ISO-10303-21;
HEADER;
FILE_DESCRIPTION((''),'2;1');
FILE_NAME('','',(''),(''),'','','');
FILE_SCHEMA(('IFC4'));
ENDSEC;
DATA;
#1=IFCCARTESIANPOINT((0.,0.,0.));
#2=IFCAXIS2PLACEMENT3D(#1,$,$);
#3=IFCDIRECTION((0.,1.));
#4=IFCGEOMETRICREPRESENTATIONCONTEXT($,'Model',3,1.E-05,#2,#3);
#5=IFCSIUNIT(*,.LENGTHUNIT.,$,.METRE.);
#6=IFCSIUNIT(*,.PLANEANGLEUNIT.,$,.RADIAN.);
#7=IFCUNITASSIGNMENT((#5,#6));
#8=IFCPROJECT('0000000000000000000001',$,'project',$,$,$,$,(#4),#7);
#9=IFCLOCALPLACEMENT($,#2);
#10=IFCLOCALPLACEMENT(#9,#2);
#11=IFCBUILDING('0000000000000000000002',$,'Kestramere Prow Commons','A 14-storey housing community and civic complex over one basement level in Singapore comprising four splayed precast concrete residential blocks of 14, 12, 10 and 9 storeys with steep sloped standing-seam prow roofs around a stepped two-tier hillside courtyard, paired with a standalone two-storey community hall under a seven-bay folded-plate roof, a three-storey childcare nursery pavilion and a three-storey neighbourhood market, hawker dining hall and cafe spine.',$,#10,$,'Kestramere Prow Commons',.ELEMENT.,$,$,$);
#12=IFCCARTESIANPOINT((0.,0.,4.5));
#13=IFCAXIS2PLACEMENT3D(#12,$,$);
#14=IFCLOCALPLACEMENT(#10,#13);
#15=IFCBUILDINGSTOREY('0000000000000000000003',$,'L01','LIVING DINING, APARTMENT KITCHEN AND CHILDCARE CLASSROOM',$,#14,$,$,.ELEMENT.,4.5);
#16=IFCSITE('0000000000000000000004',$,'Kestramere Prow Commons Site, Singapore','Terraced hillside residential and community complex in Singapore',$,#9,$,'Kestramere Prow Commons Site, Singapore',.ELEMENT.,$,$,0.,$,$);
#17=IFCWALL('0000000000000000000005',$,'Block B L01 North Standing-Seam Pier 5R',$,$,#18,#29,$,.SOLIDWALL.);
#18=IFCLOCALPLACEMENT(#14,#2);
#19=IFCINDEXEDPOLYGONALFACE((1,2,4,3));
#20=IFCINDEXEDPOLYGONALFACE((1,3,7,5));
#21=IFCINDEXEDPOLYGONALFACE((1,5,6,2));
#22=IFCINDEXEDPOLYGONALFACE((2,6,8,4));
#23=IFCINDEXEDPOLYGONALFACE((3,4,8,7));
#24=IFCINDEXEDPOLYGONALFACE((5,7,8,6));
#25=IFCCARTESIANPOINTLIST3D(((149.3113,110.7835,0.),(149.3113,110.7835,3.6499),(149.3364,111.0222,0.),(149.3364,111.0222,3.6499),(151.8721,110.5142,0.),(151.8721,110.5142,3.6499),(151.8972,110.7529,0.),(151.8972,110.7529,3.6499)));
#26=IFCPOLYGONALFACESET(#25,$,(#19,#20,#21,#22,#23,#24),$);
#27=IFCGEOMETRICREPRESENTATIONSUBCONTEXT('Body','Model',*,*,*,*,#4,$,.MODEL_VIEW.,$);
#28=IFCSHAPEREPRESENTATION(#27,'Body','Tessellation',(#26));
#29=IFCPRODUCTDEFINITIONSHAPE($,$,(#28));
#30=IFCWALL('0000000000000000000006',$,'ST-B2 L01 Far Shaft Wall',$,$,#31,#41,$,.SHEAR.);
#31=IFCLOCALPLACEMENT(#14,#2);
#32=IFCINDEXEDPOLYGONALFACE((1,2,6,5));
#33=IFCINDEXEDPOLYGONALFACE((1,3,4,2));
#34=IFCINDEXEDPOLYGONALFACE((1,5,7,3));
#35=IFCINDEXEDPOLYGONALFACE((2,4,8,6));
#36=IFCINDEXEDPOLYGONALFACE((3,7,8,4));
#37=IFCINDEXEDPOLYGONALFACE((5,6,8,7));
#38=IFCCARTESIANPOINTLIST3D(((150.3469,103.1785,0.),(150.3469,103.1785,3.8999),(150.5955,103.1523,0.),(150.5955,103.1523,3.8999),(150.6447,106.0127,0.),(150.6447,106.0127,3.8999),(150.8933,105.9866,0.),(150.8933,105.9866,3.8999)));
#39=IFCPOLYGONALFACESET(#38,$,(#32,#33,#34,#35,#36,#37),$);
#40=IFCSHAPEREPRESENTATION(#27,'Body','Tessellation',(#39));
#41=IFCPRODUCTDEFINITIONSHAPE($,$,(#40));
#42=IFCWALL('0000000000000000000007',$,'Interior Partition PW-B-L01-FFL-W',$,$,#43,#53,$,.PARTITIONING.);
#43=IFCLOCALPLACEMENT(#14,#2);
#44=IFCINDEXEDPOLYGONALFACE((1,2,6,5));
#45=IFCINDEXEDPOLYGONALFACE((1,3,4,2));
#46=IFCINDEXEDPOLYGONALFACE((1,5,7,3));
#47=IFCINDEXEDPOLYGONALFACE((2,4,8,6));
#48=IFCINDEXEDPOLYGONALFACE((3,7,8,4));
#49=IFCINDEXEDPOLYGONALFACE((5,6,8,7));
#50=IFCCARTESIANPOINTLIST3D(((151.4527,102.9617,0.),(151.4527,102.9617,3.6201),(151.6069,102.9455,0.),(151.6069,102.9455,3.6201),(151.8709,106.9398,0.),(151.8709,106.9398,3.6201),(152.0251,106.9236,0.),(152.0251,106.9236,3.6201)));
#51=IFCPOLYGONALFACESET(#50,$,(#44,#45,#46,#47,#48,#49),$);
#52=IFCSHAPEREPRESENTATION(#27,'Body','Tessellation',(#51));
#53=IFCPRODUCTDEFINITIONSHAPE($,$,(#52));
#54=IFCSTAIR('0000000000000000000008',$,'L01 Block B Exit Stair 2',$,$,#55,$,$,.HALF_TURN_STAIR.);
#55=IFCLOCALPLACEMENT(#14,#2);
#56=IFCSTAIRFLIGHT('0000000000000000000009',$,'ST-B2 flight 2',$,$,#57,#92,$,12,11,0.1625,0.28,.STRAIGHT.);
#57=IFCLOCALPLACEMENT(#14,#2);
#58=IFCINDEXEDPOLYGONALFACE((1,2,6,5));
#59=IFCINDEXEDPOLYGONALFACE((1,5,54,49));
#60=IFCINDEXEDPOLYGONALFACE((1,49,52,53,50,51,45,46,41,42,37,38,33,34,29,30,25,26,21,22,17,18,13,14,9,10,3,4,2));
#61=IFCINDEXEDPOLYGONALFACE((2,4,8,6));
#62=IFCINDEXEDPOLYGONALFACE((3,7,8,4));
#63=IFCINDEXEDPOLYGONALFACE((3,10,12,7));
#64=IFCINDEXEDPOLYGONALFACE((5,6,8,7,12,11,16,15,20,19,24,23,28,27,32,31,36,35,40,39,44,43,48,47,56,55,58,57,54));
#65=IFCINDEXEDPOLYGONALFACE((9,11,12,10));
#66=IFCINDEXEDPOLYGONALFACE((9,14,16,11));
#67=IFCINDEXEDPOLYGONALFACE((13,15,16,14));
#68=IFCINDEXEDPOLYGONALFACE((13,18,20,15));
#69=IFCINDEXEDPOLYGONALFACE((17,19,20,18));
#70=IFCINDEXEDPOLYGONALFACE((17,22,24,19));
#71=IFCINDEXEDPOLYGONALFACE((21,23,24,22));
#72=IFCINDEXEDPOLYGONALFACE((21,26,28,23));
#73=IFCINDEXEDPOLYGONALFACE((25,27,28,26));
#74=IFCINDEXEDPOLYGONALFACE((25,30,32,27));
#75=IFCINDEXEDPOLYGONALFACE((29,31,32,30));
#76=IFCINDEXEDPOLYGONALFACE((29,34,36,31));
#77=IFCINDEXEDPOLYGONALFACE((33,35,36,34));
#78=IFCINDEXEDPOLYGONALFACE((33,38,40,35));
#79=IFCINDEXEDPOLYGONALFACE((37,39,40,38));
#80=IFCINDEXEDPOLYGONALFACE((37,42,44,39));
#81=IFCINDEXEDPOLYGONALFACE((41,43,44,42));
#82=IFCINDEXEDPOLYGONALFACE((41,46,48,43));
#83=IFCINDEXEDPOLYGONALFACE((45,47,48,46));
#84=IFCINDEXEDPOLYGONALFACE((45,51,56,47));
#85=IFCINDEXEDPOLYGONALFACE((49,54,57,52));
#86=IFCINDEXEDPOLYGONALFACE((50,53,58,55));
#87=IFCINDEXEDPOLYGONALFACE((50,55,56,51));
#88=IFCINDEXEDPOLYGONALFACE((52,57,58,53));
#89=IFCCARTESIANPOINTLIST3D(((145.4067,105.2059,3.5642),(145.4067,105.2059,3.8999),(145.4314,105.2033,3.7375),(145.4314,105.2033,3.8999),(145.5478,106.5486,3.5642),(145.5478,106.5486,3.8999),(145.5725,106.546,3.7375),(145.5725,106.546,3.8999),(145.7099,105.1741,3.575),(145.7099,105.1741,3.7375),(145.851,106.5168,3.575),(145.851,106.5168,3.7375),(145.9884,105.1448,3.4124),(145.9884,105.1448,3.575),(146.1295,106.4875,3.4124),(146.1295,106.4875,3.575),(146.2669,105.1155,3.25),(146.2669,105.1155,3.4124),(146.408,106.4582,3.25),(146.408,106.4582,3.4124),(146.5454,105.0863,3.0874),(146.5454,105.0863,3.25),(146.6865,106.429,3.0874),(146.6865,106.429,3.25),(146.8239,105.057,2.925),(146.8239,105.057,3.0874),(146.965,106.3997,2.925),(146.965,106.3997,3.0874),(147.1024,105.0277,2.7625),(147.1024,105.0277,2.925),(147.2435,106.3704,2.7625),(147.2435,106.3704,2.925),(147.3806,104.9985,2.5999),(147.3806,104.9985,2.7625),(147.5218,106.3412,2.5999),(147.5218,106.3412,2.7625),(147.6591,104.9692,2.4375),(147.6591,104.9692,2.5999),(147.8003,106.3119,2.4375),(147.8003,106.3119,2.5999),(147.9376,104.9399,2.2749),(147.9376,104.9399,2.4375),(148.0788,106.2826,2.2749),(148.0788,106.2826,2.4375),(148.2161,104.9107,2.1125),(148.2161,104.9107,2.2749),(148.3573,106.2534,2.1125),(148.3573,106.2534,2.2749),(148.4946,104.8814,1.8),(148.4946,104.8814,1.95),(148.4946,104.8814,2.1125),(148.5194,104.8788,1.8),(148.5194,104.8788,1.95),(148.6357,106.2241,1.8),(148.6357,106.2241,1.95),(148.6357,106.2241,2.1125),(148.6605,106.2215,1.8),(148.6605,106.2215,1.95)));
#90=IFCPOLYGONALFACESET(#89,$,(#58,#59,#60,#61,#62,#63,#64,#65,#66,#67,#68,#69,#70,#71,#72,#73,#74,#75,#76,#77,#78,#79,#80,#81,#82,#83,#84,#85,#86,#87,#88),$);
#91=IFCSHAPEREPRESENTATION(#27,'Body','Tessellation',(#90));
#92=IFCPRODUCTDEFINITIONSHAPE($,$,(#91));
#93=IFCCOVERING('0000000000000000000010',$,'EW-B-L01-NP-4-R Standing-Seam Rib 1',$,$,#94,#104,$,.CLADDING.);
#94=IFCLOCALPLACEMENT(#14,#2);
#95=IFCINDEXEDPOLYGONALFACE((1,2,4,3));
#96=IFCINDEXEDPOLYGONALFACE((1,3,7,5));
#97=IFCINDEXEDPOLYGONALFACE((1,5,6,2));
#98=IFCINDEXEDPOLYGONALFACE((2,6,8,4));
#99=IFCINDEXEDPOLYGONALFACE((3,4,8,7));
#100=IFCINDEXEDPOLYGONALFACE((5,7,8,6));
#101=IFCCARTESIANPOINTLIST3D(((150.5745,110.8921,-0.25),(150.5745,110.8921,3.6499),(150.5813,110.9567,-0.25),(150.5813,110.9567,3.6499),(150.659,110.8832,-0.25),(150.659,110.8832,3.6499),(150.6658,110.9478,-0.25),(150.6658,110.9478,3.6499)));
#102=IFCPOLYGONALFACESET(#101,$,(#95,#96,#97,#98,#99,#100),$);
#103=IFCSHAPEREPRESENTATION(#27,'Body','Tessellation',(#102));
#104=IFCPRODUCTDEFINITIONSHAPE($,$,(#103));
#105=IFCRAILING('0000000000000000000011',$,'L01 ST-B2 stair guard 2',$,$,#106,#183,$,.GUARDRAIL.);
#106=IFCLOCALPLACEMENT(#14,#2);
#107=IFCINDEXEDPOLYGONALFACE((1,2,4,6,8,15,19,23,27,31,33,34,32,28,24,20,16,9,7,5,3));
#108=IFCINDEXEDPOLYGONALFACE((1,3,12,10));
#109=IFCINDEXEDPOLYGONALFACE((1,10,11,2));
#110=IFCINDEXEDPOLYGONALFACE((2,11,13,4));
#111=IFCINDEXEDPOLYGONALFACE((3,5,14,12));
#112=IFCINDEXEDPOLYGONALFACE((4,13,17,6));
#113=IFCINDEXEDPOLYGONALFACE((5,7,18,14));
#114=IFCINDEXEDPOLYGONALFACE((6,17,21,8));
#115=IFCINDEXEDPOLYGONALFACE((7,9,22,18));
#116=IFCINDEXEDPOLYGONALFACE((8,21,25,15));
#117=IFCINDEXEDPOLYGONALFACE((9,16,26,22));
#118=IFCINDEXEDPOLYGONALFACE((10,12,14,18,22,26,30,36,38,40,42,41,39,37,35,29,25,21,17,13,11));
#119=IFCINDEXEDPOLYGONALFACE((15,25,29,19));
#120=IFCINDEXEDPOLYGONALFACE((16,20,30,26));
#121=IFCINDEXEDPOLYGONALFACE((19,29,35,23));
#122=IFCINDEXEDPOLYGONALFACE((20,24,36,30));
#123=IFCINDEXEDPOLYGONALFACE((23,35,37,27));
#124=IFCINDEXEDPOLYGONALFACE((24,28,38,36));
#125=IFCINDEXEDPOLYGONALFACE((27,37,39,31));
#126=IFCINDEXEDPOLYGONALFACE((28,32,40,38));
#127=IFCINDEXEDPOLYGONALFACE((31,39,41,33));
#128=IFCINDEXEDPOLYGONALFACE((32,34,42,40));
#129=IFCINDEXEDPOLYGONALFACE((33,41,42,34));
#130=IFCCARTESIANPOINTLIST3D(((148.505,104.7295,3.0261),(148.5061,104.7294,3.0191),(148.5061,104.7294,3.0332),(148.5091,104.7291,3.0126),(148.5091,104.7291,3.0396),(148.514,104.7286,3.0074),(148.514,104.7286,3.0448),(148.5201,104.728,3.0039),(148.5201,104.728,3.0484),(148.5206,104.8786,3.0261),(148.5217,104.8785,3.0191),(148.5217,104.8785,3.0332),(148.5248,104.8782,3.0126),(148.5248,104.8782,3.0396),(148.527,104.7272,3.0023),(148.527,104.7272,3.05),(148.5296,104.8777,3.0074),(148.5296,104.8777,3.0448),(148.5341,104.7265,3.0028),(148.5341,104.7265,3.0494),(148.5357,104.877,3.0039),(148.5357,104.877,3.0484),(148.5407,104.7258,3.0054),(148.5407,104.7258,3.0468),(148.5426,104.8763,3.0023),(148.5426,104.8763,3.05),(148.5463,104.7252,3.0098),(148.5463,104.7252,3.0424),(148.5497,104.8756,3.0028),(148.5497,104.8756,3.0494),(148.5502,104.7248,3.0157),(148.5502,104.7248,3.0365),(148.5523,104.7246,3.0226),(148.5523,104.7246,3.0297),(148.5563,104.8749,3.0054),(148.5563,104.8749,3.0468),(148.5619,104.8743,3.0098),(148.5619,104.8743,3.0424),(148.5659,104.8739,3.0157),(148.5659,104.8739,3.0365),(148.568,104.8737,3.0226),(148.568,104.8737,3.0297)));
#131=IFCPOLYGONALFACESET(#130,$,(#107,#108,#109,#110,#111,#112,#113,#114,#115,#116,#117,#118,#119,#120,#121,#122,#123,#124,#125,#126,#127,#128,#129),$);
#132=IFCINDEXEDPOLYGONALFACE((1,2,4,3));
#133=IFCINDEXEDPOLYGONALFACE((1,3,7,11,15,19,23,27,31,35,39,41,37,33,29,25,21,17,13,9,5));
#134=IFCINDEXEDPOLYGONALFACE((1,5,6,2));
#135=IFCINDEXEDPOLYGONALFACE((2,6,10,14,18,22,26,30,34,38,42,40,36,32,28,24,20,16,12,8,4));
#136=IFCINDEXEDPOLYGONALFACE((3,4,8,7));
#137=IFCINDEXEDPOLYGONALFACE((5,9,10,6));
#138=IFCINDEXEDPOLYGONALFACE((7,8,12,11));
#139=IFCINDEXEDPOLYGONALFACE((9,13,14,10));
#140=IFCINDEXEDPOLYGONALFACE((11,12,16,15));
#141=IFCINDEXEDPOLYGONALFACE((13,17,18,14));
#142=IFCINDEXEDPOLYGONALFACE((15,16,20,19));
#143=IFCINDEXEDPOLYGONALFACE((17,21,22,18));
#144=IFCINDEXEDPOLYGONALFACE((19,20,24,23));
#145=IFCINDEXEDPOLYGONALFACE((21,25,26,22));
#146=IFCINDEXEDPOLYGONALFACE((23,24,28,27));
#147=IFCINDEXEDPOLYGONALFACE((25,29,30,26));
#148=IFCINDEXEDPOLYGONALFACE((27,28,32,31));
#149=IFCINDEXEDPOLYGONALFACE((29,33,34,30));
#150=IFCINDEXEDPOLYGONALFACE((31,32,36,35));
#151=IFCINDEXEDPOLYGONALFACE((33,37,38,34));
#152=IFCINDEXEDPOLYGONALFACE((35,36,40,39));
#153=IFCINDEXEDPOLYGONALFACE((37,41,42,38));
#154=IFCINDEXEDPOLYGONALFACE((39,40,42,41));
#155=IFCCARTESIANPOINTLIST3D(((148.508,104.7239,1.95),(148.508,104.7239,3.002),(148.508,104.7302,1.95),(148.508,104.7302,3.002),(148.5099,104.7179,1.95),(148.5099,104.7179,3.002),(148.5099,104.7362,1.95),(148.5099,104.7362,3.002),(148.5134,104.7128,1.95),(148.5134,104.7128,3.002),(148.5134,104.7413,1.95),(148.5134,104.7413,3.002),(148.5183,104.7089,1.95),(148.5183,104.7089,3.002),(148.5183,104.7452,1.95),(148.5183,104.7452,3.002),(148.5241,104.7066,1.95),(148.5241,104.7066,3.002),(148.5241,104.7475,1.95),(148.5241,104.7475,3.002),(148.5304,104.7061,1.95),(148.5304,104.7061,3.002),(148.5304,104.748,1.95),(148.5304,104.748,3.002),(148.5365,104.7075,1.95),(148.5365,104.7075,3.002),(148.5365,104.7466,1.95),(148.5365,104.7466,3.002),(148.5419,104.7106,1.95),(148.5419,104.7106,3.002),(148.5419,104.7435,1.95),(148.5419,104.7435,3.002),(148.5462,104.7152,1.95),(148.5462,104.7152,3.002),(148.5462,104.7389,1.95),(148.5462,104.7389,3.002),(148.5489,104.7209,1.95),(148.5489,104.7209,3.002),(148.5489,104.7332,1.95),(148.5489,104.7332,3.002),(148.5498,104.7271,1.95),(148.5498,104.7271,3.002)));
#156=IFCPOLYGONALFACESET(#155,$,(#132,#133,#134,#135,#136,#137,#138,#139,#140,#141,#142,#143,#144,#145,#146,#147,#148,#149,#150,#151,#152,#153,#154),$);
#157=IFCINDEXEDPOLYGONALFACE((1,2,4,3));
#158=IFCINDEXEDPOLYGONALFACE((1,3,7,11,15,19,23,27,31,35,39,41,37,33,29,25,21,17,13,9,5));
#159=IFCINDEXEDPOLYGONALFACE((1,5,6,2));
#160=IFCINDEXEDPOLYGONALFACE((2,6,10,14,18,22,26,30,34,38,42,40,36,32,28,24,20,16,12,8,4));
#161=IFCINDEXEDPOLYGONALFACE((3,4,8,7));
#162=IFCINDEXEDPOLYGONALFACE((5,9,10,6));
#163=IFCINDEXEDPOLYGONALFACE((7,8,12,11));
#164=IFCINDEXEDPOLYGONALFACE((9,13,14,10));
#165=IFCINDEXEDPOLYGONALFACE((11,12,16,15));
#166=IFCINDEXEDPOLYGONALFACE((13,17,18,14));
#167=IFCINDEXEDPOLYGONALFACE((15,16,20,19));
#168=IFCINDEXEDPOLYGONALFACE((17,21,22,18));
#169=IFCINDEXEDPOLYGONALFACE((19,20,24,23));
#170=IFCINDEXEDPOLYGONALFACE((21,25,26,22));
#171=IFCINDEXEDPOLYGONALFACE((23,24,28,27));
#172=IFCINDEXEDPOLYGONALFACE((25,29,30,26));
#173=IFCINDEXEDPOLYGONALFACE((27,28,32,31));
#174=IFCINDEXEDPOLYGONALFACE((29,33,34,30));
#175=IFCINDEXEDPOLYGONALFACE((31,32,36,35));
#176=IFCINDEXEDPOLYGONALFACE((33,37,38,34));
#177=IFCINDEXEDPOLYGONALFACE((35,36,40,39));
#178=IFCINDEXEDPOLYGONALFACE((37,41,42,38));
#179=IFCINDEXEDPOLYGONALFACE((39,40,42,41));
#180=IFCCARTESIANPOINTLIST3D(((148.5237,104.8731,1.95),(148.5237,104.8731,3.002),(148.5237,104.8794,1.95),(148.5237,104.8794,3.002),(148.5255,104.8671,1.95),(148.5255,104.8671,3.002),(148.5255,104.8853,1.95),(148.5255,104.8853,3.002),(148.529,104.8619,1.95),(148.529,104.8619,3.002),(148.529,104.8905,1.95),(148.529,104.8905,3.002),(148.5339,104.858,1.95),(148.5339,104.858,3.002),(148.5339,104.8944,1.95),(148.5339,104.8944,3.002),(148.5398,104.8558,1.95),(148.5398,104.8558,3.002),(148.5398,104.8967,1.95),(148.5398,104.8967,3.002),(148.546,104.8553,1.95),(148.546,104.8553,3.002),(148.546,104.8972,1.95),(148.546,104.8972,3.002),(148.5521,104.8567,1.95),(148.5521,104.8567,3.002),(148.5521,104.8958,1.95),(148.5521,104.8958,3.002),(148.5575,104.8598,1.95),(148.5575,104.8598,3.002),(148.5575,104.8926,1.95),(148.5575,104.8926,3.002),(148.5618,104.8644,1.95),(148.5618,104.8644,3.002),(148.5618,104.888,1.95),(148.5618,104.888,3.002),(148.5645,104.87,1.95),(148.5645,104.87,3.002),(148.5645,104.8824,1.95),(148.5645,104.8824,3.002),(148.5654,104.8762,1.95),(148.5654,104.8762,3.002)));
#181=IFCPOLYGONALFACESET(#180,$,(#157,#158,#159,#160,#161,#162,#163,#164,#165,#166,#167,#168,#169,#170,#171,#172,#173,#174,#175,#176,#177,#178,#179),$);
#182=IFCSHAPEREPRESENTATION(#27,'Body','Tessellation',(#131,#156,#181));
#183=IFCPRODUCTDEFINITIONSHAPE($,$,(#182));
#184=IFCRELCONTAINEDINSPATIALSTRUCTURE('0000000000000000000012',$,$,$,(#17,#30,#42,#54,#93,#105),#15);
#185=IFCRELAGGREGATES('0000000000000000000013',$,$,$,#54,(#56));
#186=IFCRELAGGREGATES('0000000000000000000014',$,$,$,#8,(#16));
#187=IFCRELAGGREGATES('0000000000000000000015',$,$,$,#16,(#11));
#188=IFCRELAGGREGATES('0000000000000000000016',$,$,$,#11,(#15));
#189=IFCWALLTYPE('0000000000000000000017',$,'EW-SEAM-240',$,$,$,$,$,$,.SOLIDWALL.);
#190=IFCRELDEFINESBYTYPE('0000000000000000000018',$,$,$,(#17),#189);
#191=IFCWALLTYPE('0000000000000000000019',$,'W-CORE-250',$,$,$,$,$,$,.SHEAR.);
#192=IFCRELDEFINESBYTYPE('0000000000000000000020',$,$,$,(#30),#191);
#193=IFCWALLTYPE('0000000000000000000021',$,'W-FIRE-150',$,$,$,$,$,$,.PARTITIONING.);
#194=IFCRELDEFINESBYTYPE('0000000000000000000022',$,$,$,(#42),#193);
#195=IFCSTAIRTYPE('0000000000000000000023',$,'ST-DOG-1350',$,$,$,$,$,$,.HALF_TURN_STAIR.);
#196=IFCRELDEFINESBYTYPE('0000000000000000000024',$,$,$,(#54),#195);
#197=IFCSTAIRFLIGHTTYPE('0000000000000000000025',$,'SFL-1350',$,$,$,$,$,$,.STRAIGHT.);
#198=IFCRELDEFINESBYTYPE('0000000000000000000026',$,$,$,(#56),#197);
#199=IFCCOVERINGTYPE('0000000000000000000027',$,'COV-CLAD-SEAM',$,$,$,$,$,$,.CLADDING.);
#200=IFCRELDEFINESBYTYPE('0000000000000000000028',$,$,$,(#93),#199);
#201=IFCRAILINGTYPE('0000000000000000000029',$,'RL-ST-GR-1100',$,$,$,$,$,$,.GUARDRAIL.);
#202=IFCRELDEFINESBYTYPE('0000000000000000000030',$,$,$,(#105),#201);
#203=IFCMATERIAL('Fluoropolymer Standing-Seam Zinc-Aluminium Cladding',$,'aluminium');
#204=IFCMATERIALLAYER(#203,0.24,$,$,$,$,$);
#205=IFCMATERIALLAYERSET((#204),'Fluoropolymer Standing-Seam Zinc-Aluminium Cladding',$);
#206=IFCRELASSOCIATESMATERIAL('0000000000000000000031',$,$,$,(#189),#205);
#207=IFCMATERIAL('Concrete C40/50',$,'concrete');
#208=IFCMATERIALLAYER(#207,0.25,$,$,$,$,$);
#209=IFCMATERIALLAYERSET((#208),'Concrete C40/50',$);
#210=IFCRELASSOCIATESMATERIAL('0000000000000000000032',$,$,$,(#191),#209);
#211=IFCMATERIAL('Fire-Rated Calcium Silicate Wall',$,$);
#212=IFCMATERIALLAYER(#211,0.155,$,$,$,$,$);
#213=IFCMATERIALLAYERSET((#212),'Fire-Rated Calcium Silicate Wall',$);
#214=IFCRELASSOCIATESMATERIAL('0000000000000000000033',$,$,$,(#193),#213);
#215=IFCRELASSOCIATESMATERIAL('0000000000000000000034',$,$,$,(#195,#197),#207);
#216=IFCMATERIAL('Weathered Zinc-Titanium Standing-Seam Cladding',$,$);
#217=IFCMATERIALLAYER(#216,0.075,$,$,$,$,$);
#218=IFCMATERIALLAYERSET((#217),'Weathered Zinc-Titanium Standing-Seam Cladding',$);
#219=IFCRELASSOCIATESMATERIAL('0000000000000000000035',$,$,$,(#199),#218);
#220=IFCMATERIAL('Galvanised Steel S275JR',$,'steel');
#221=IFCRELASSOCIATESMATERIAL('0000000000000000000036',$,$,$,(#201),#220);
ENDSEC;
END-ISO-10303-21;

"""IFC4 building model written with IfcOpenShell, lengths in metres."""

from ifc_helpers import new_model, si_unit, direction, frame, frame_2d, origin, origin_2d, place, context, subcontext, project, spatial, polyline, rectangle, circle, outline, extrude, material, layer, layer_set, type_object, element, aggregate, save


model = new_model("IFC4")

# Units and contexts
model_context = context("Model", 3, precision=1e-05, world=origin(), true_north=direction((0.0, 1.0)))
body_context = subcontext(model_context, "Body", "Model", "MODEL_VIEW")
ifc_project = project(units=[si_unit("LENGTHUNIT", "METRE"), si_unit("PLANEANGLEUNIT", "RADIAN")], contexts=[model_context])

# Site, building, storey
site_placement = place(None, origin())
site = spatial("IfcSite", under=ifc_project, at=site_placement, Name="Kestramere Prow Commons Site, Singapore", Description="Terraced hillside residential and community complex in Singapore", LongName="Kestramere Prow Commons Site, Singapore", CompositionType="ELEMENT", RefElevation=0.0)
building_placement = place(site_placement, origin())
building = spatial("IfcBuilding", under=site, at=building_placement, Name="Kestramere Prow Commons", Description="A 14-storey housing community and civic complex over one basement level in Singapore comprising four splayed precast concrete residential blocks of 14, 12, 10 and 9 storeys with steep sloped standing-seam prow roofs around a stepped two-tier hillside courtyard, paired with a standalone two-storey community hall under a seven-bay folded-plate roof, a three-storey childcare nursery pavilion and a three-storey neighbourhood market, hawker dining hall and cafe spine.", LongName="Kestramere Prow Commons", CompositionType="ELEMENT")
storey_placement = place(building_placement, frame((0.0, 0.0, 4.5)))
storey = spatial("IfcBuildingStorey", under=building, at=storey_placement, Name="L01", Description="LIVING DINING, APARTMENT KITCHEN AND CHILDCARE CLASSROOM", CompositionType="ELEMENT", Elevation=4.5)

# Shared definitions
ifc_material_1 = material(Name="Concrete C40/50", Category="concrete")

# Walls
ifc_material_2 = material(Name="Fluoropolymer Standing-Seam Zinc-Aluminium Cladding", Category="aluminium")
ifc_layer_1 = layer(ifc_material_2, 0.24)
ifc_layer_set_1 = layer_set([ifc_layer_1], Name="Fluoropolymer Standing-Seam Zinc-Aluminium Cladding")
wall_type_1 = type_object("IfcWallType", Name="EW-SEAM-240", PredefinedType="SOLIDWALL", material=ifc_layer_set_1)
wall_1_placement = place(storey_placement, frame((149.3237, 110.9028, 0.0), z_axis=(0.0, 0.0, 1.0), x_axis=(0.994516, -0.104581, 0.0)))
element("IfcWall", 1, at=wall_1_placement, inside=storey, type_object=wall_type_1, Name="Block B L01 North Standing-Seam Pier 5R", PredefinedType="SOLIDWALL", context=body_context, shape_type="SweptSolid", body=[
    extrude(rectangle(XDim=2.575, YDim=0.24, at=frame_2d((1.2876, 0.0))), origin(), (0.0, 0.0, 1.0), 3.6499),
])
ifc_layer_2 = layer(ifc_material_1, 0.25)
ifc_layer_set_2 = layer_set([ifc_layer_2], Name="Concrete C40/50")
wall_type_2 = type_object("IfcWallType", Name="W-CORE-250", PredefinedType="SHEAR", material=ifc_layer_set_2)
wall_2_placement = place(storey_placement, frame((150.4712, 103.1655, 0.0), z_axis=(0.0, 0.0, 1.0), x_axis=(0.104515, 0.994523, 0.0)))
element("IfcWall", 2, at=wall_2_placement, inside=storey, type_object=wall_type_2, Name="ST-B2 L01 Far Shaft Wall", PredefinedType="SHEAR", context=body_context, shape_type="SweptSolid", body=[
    extrude(rectangle(XDim=2.8499, YDim=0.25, at=frame_2d((1.4248, 0.0))), origin(), (0.0, 0.0, 1.0), 3.8999),
])

# Shared definitions
ifc_material_3 = material(Name="Fire-Rated Calcium Silicate Wall")
ifc_layer_3 = layer(ifc_material_3, 0.155)
ifc_layer_set_3 = layer_set([ifc_layer_3], Name="Fire-Rated Calcium Silicate Wall")
wall_type_3 = type_object("IfcWallType", Name="W-FIRE-150", PredefinedType="PARTITIONING", material=ifc_layer_set_3)

# Wall
wall_3_placement = place(storey_placement, frame((151.5298, 102.9536, 0.0), z_axis=(0.0, 0.0, 1.0), x_axis=(0.104555, 0.994519, 0.0)))
element("IfcWall", 3, at=wall_3_placement, inside=storey, type_object=wall_type_3, Name="Interior Partition PW-B-L01-FFL-W", PredefinedType="PARTITIONING", context=body_context, shape_type="SweptSolid", body=[
    extrude(rectangle(XDim=4.0, YDim=0.155, at=frame_2d((2.0, 0.0))), origin(), (0.0, 0.0, 1.0), 3.6201),
])

# Stair, stair flight
stair_type = type_object("IfcStairType", Name="ST-DOG-1350", PredefinedType="HALF_TURN_STAIR", material=ifc_material_1)
stair_placement = place(storey_placement, origin())
stair = element("IfcStair", 4, at=stair_placement, inside=storey, type_object=stair_type, Name="L01 Block B Exit Stair 2", PredefinedType="HALF_TURN_STAIR")
stair_flight_type = type_object("IfcStairFlightType", Name="SFL-1350", PredefinedType="STRAIGHT", material=ifc_material_1)
stair_flight_placement = place(storey_placement, frame((148.5652, 105.5527, 1.95), z_axis=(0.0, 0.0, 1.0), x_axis=(-0.994522, 0.104528, 0.0)))
stair_flight = element("IfcStairFlight", 5, at=stair_flight_placement, type_object=stair_flight_type, Name="ST-B2 flight 2", NumberOfRisers=12, NumberOfTreads=11, PredefinedType="STRAIGHT", RiserHeight=0.1625, TreadLength=0.28, context=body_context, shape_type="SweptSolid", body=[
    extrude(outline(polyline([(-0.0249, 0.0), (0.0, 0.0), (0.0, 0.1626), (0.28, 0.1626), (0.28, 0.325), (0.5601, 0.325), (0.5601, 0.4875), (0.8401, 0.4875), (0.8401, 0.6499), (1.1201, 0.6499), (1.1201, 0.8125), (1.3999, 0.8125), (1.3999, 0.9751), (1.6799, 0.9751), (1.6799, 1.1375), (1.96, 1.1375), (1.96, 1.3), (2.24, 1.3), (2.24, 1.4624), (2.52, 1.4624), (2.52, 1.625), (2.8, 1.625), (2.8, 1.7876), (3.0801, 1.7876), (3.0801, 1.95), (3.105, 1.95), (3.105, 1.6143), (0.0, -0.1499), (-0.0249, -0.1499), (-0.0249, 0.0)])), frame((0.0, 0.675, 0.0), z_axis=(0.0, -1.0, 0.0), x_axis=(1.0, 0.0, 0.0)), (0.0, 0.0, 1.0), 1.3501),
])
aggregate(stair, [stair_flight])

# Covering
ifc_material_4 = material(Name="Weathered Zinc-Titanium Standing-Seam Cladding")
ifc_layer_4 = layer(ifc_material_4, 0.075)
ifc_layer_set_4 = layer_set([ifc_layer_4], Name="Weathered Zinc-Titanium Standing-Seam Cladding")
covering_type = type_object("IfcCoveringType", Name="COV-CLAD-SEAM", PredefinedType="CLADDING", material=ifc_layer_set_4)
covering_placement = place(storey_placement, frame((150.6201, 110.9199, -0.25), z_axis=(0.0, 0.0, 1.0), x_axis=(0.994522, -0.104528, 0.0)))
element("IfcCovering", 6, at=covering_placement, inside=storey, type_object=covering_type, Name="EW-B-L01-NP-4-R Standing-Seam Rib 1", PredefinedType="CLADDING", context=body_context, shape_type="SweptSolid", body=[
    extrude(rectangle(XDim=0.085, YDim=0.0649, at=origin_2d()), origin(), (0.0, 0.0, 1.0), 3.8999),
])

# Railing
ifc_material_5 = material(Name="Galvanised Steel S275JR", Category="steel")
railing_type_1 = type_object("IfcRailingType", Name="RL-ST-GR-1100", PredefinedType="GUARDRAIL", material=ifc_material_5)
railing_1_placement = place(storey_placement, frame((148.5288, 104.7271, 1.95)))
element("IfcRailing", 7, at=railing_1_placement, inside=storey, type_object=railing_type_1, Name="L01 ST-B2 stair guard 2", PredefinedType="GUARDRAIL", context=body_context, shape_type="SweptSolid", body=[
    extrude(circle(Radius=0.0239, at=origin_2d()), frame((0.0, 0.0, 1.0762), z_axis=(0.104176, 0.994559, 0.0), x_axis=(-0.994559, 0.104176, 0.0)), (0.0, 0.0, 1.0), 0.1499),
    extrude(circle(Radius=0.021, at=origin_2d()), origin(), (0.0, 0.0, 1.0), 1.052),
    extrude(circle(Radius=0.021, at=origin_2d()), frame((0.0156, 0.1492, 0.0)), (0.0, 0.0, 1.0), 1.052),
])

save(model, "model.ifc")
